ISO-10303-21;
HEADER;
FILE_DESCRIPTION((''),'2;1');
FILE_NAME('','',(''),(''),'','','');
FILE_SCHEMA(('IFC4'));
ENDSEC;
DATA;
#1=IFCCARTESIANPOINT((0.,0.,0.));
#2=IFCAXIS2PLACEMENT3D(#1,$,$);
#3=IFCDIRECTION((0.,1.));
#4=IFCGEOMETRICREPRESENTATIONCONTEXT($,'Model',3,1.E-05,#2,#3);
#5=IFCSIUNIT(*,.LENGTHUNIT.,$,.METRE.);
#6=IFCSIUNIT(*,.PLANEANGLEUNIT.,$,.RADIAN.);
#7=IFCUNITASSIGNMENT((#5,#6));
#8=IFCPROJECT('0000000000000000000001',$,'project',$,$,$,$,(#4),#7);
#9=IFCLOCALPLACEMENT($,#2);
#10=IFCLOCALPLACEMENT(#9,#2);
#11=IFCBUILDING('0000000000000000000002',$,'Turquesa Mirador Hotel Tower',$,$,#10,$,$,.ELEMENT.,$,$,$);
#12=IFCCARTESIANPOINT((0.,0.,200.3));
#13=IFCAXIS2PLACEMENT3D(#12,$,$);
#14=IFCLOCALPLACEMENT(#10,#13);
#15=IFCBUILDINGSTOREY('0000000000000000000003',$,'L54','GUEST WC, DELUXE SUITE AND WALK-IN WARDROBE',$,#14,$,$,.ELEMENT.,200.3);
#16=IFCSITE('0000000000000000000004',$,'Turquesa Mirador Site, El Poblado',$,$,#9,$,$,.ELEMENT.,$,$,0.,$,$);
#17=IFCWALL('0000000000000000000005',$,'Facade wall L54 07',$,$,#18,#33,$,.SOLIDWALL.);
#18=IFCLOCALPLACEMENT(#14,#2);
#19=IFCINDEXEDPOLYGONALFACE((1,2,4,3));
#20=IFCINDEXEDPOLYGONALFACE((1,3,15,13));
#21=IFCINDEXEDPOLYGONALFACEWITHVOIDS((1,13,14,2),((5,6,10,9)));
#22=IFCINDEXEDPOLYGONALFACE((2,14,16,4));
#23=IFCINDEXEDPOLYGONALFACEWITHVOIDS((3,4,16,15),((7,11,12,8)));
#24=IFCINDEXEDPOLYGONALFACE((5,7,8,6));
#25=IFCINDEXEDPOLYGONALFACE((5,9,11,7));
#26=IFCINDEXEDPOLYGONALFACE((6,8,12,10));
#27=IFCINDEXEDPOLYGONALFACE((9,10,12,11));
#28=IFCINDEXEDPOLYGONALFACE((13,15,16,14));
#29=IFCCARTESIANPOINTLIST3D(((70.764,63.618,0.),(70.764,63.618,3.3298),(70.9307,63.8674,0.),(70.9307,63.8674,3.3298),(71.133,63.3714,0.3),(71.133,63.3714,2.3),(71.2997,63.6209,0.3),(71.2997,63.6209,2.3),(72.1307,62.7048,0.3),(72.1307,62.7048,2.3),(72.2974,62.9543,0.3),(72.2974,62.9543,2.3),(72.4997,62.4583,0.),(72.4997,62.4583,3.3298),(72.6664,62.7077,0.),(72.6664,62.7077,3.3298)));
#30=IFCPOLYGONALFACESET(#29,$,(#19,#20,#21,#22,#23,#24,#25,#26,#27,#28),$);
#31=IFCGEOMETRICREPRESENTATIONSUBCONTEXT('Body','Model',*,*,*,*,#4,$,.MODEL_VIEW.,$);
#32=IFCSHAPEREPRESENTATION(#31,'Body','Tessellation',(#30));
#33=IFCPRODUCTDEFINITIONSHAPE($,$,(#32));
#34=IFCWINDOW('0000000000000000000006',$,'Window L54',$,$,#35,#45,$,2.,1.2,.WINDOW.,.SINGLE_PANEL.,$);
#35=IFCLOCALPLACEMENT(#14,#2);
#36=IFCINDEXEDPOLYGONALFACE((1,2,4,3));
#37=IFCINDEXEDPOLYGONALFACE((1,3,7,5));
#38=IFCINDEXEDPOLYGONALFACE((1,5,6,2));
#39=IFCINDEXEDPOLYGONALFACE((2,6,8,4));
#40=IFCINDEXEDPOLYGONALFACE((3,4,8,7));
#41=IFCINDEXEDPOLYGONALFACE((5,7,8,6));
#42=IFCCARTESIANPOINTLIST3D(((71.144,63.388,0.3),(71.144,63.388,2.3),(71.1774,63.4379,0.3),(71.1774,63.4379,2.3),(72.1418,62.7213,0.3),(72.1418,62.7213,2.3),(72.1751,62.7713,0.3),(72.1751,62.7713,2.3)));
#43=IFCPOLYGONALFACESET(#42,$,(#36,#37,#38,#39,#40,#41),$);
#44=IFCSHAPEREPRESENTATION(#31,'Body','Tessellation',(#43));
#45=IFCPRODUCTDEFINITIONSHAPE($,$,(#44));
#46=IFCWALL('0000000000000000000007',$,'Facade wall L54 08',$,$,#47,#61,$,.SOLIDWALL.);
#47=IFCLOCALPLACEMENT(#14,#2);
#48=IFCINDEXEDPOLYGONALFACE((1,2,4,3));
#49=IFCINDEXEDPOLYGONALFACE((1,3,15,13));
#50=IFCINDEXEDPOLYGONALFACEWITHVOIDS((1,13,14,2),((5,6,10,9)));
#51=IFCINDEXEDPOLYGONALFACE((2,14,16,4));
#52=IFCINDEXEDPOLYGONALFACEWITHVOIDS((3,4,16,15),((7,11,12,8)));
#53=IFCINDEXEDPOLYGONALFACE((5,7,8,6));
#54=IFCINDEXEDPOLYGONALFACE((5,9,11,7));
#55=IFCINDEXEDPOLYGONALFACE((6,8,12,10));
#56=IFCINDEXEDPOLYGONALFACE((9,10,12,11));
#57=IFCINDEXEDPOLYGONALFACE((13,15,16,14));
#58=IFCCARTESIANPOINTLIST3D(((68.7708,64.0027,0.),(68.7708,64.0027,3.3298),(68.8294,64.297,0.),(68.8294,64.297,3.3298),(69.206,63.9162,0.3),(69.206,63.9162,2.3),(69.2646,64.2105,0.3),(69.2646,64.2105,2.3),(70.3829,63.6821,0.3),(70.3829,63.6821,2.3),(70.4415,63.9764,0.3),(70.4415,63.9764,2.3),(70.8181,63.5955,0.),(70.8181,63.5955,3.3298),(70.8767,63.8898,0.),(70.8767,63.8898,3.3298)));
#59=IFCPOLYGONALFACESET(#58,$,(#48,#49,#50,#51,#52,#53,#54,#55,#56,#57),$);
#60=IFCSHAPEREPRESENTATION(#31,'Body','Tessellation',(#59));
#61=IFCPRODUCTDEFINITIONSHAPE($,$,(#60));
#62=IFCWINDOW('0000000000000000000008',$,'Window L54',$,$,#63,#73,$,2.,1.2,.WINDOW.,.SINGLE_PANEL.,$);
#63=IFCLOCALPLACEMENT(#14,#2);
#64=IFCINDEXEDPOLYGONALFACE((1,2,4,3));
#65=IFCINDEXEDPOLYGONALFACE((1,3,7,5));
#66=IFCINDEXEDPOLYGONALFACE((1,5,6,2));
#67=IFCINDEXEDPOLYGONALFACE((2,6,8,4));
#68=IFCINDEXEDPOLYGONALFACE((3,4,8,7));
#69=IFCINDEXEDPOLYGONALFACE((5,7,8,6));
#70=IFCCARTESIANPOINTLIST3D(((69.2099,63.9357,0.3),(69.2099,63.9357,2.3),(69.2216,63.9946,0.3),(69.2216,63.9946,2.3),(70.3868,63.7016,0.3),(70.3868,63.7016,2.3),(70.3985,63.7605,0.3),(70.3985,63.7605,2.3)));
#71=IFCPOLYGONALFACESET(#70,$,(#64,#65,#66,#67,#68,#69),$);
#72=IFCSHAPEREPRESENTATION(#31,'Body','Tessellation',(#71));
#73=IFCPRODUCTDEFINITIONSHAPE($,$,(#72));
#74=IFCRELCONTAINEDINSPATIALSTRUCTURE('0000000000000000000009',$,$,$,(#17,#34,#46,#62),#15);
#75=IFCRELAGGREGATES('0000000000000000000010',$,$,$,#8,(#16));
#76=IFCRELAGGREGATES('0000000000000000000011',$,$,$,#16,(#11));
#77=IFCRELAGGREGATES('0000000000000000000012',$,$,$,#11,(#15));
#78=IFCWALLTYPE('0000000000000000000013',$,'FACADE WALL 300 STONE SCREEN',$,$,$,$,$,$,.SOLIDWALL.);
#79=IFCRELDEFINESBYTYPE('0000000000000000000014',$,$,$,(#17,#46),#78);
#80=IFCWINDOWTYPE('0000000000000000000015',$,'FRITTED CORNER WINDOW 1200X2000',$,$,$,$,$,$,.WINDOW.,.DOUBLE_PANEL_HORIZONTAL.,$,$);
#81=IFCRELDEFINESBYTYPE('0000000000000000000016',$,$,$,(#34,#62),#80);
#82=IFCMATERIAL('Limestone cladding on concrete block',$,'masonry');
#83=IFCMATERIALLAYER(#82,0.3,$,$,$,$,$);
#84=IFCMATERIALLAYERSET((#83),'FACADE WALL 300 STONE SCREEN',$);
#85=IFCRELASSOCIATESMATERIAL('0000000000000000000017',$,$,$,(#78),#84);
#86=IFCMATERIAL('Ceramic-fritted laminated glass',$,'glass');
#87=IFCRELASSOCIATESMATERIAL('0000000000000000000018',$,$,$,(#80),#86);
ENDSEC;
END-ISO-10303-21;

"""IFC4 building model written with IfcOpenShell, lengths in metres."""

from ifc_helpers import new_model, si_unit, direction, frame, frame_2d, origin, place, context, subcontext, project, spatial, rectangle, extrude, material, layer, layer_set, type_object, element, fill, save


model = new_model("IFC4")

# Units and contexts
model_context = context("Model", 3, precision=1e-05, world=origin(), true_north=direction((0.0, 1.0)))
body_context = subcontext(model_context, "Body", "Model", "MODEL_VIEW")
ifc_project = project(units=[si_unit("LENGTHUNIT", "METRE"), si_unit("PLANEANGLEUNIT", "RADIAN")], contexts=[model_context])

# Site, building, storey
site_placement = place(None, origin())
site = spatial("IfcSite", under=ifc_project, at=site_placement, Name="Turquesa Mirador Site, El Poblado", CompositionType="ELEMENT", RefElevation=0.0)
building_placement = place(site_placement, origin())
building = spatial("IfcBuilding", under=site, at=building_placement, Name="Turquesa Mirador Hotel Tower", CompositionType="ELEMENT")
storey_placement = place(building_placement, frame((0.0, 0.0, 200.3)))
storey = spatial("IfcBuildingStorey", under=building, at=storey_placement, Name="L54", Description="GUEST WC, DELUXE SUITE AND WALK-IN WARDROBE", CompositionType="ELEMENT", Elevation=200.3)

# Walls, openings, windows
ifc_material_1 = material(Name="Limestone cladding on concrete block", Category="masonry")
ifc_layer = layer(ifc_material_1, 0.3)
ifc_layer_set = layer_set([ifc_layer], Name="FACADE WALL 300 STONE SCREEN")
wall_type = type_object("IfcWallType", Name="FACADE WALL 300 STONE SCREEN", PredefinedType="SOLIDWALL", material=ifc_layer_set)
ifc_material_2 = material(Name="Ceramic-fritted laminated glass", Category="glass")
window_type = type_object("IfcWindowType", Name="FRITTED CORNER WINDOW 1200X2000", PartitioningType="DOUBLE_PANEL_HORIZONTAL", PredefinedType="WINDOW", material=ifc_material_2)
wall_1_placement = place(storey_placement, frame((72.583, 62.583, 0.0), z_axis=(0.0, 0.0, 1.0), x_axis=(-0.831474, 0.555564, 0.0)))
wall_1 = element("IfcWall", 1, at=wall_1_placement, inside=storey, type_object=wall_type, Name="Facade wall L54 07", PredefinedType="SOLIDWALL", context=body_context, shape_type="SweptSolid", body=[
    extrude(rectangle(XDim=2.0874, YDim=0.3, at=frame_2d((1.0437, 0.0))), origin(), (0.0, 0.0, 1.0), 3.3298),
])
opening_1_placement = place(wall_1_placement, frame((0.4436, 0.0, 0.3)))
opening_1 = element("IfcOpeningElement", 2, at=opening_1_placement, cuts=wall_1, PredefinedType="OPENING", context=body_context, shape_type="SweptSolid", body=[
    extrude(rectangle(XDim=1.2, YDim=2.0, at=frame_2d((0.6001, 1.0))), frame((0.0, 0.1599, 0.0), z_axis=(0.0, -1.0, 0.0), x_axis=(1.0, 0.0, 0.0)), (0.0, 0.0, 1.0), 0.3201),
])
window_1_placement = place(opening_1_placement, origin())
window_1 = element("IfcWindow", 3, at=window_1_placement, inside=storey, type_object=window_type, Name="Window L54", OverallHeight=2.0, OverallWidth=1.2, PartitioningType="SINGLE_PANEL", PredefinedType="WINDOW", context=body_context, shape_type="SweptSolid", body=[
    extrude(rectangle(XDim=1.2, YDim=2.0, at=frame_2d((0.6001, 1.0))), frame((0.0, 0.1301, 0.0), z_axis=(0.0, -1.0, 0.0), x_axis=(1.0, 0.0, 0.0)), (0.0, 0.0, 1.0), 0.0601),
])
fill(opening_1, window_1)
wall_2_placement = place(storey_placement, frame((70.8474, 63.7427, 0.0), z_axis=(0.0, 0.0, 1.0), x_axis=(-0.980787, 0.195081, 0.0)))
wall_2 = element("IfcWall", 4, at=wall_2_placement, inside=storey, type_object=wall_type, Name="Facade wall L54 08", PredefinedType="SOLIDWALL", context=body_context, shape_type="SweptSolid", body=[
    extrude(rectangle(XDim=2.0874, YDim=0.3, at=frame_2d((1.0437, 0.0))), origin(), (0.0, 0.0, 1.0), 3.3298),
])
opening_2_placement = place(wall_2_placement, frame((0.4436, 0.0, 0.3)))
opening_2 = element("IfcOpeningElement", 5, at=opening_2_placement, cuts=wall_2, PredefinedType="OPENING", context=body_context, shape_type="SweptSolid", body=[
    extrude(rectangle(XDim=1.2, YDim=2.0, at=frame_2d((0.6001, 1.0))), frame((0.0, 0.1599, 0.0), z_axis=(0.0, -1.0, 0.0), x_axis=(1.0, 0.0, 0.0)), (0.0, 0.0, 1.0), 0.3201),
])
window_2_placement = place(opening_2_placement, origin())
window_2 = element("IfcWindow", 6, at=window_2_placement, inside=storey, type_object=window_type, Name="Window L54", OverallHeight=2.0, OverallWidth=1.2, PartitioningType="SINGLE_PANEL", PredefinedType="WINDOW", context=body_context, shape_type="SweptSolid", body=[
    extrude(rectangle(XDim=1.2, YDim=2.0, at=frame_2d((0.6001, 1.0))), frame((0.0, 0.1301, 0.0), z_axis=(0.0, -1.0, 0.0), x_axis=(1.0, 0.0, 0.0)), (0.0, 0.0, 1.0), 0.0601),
])
fill(opening_2, window_2)

save(model, "model.ifc")
